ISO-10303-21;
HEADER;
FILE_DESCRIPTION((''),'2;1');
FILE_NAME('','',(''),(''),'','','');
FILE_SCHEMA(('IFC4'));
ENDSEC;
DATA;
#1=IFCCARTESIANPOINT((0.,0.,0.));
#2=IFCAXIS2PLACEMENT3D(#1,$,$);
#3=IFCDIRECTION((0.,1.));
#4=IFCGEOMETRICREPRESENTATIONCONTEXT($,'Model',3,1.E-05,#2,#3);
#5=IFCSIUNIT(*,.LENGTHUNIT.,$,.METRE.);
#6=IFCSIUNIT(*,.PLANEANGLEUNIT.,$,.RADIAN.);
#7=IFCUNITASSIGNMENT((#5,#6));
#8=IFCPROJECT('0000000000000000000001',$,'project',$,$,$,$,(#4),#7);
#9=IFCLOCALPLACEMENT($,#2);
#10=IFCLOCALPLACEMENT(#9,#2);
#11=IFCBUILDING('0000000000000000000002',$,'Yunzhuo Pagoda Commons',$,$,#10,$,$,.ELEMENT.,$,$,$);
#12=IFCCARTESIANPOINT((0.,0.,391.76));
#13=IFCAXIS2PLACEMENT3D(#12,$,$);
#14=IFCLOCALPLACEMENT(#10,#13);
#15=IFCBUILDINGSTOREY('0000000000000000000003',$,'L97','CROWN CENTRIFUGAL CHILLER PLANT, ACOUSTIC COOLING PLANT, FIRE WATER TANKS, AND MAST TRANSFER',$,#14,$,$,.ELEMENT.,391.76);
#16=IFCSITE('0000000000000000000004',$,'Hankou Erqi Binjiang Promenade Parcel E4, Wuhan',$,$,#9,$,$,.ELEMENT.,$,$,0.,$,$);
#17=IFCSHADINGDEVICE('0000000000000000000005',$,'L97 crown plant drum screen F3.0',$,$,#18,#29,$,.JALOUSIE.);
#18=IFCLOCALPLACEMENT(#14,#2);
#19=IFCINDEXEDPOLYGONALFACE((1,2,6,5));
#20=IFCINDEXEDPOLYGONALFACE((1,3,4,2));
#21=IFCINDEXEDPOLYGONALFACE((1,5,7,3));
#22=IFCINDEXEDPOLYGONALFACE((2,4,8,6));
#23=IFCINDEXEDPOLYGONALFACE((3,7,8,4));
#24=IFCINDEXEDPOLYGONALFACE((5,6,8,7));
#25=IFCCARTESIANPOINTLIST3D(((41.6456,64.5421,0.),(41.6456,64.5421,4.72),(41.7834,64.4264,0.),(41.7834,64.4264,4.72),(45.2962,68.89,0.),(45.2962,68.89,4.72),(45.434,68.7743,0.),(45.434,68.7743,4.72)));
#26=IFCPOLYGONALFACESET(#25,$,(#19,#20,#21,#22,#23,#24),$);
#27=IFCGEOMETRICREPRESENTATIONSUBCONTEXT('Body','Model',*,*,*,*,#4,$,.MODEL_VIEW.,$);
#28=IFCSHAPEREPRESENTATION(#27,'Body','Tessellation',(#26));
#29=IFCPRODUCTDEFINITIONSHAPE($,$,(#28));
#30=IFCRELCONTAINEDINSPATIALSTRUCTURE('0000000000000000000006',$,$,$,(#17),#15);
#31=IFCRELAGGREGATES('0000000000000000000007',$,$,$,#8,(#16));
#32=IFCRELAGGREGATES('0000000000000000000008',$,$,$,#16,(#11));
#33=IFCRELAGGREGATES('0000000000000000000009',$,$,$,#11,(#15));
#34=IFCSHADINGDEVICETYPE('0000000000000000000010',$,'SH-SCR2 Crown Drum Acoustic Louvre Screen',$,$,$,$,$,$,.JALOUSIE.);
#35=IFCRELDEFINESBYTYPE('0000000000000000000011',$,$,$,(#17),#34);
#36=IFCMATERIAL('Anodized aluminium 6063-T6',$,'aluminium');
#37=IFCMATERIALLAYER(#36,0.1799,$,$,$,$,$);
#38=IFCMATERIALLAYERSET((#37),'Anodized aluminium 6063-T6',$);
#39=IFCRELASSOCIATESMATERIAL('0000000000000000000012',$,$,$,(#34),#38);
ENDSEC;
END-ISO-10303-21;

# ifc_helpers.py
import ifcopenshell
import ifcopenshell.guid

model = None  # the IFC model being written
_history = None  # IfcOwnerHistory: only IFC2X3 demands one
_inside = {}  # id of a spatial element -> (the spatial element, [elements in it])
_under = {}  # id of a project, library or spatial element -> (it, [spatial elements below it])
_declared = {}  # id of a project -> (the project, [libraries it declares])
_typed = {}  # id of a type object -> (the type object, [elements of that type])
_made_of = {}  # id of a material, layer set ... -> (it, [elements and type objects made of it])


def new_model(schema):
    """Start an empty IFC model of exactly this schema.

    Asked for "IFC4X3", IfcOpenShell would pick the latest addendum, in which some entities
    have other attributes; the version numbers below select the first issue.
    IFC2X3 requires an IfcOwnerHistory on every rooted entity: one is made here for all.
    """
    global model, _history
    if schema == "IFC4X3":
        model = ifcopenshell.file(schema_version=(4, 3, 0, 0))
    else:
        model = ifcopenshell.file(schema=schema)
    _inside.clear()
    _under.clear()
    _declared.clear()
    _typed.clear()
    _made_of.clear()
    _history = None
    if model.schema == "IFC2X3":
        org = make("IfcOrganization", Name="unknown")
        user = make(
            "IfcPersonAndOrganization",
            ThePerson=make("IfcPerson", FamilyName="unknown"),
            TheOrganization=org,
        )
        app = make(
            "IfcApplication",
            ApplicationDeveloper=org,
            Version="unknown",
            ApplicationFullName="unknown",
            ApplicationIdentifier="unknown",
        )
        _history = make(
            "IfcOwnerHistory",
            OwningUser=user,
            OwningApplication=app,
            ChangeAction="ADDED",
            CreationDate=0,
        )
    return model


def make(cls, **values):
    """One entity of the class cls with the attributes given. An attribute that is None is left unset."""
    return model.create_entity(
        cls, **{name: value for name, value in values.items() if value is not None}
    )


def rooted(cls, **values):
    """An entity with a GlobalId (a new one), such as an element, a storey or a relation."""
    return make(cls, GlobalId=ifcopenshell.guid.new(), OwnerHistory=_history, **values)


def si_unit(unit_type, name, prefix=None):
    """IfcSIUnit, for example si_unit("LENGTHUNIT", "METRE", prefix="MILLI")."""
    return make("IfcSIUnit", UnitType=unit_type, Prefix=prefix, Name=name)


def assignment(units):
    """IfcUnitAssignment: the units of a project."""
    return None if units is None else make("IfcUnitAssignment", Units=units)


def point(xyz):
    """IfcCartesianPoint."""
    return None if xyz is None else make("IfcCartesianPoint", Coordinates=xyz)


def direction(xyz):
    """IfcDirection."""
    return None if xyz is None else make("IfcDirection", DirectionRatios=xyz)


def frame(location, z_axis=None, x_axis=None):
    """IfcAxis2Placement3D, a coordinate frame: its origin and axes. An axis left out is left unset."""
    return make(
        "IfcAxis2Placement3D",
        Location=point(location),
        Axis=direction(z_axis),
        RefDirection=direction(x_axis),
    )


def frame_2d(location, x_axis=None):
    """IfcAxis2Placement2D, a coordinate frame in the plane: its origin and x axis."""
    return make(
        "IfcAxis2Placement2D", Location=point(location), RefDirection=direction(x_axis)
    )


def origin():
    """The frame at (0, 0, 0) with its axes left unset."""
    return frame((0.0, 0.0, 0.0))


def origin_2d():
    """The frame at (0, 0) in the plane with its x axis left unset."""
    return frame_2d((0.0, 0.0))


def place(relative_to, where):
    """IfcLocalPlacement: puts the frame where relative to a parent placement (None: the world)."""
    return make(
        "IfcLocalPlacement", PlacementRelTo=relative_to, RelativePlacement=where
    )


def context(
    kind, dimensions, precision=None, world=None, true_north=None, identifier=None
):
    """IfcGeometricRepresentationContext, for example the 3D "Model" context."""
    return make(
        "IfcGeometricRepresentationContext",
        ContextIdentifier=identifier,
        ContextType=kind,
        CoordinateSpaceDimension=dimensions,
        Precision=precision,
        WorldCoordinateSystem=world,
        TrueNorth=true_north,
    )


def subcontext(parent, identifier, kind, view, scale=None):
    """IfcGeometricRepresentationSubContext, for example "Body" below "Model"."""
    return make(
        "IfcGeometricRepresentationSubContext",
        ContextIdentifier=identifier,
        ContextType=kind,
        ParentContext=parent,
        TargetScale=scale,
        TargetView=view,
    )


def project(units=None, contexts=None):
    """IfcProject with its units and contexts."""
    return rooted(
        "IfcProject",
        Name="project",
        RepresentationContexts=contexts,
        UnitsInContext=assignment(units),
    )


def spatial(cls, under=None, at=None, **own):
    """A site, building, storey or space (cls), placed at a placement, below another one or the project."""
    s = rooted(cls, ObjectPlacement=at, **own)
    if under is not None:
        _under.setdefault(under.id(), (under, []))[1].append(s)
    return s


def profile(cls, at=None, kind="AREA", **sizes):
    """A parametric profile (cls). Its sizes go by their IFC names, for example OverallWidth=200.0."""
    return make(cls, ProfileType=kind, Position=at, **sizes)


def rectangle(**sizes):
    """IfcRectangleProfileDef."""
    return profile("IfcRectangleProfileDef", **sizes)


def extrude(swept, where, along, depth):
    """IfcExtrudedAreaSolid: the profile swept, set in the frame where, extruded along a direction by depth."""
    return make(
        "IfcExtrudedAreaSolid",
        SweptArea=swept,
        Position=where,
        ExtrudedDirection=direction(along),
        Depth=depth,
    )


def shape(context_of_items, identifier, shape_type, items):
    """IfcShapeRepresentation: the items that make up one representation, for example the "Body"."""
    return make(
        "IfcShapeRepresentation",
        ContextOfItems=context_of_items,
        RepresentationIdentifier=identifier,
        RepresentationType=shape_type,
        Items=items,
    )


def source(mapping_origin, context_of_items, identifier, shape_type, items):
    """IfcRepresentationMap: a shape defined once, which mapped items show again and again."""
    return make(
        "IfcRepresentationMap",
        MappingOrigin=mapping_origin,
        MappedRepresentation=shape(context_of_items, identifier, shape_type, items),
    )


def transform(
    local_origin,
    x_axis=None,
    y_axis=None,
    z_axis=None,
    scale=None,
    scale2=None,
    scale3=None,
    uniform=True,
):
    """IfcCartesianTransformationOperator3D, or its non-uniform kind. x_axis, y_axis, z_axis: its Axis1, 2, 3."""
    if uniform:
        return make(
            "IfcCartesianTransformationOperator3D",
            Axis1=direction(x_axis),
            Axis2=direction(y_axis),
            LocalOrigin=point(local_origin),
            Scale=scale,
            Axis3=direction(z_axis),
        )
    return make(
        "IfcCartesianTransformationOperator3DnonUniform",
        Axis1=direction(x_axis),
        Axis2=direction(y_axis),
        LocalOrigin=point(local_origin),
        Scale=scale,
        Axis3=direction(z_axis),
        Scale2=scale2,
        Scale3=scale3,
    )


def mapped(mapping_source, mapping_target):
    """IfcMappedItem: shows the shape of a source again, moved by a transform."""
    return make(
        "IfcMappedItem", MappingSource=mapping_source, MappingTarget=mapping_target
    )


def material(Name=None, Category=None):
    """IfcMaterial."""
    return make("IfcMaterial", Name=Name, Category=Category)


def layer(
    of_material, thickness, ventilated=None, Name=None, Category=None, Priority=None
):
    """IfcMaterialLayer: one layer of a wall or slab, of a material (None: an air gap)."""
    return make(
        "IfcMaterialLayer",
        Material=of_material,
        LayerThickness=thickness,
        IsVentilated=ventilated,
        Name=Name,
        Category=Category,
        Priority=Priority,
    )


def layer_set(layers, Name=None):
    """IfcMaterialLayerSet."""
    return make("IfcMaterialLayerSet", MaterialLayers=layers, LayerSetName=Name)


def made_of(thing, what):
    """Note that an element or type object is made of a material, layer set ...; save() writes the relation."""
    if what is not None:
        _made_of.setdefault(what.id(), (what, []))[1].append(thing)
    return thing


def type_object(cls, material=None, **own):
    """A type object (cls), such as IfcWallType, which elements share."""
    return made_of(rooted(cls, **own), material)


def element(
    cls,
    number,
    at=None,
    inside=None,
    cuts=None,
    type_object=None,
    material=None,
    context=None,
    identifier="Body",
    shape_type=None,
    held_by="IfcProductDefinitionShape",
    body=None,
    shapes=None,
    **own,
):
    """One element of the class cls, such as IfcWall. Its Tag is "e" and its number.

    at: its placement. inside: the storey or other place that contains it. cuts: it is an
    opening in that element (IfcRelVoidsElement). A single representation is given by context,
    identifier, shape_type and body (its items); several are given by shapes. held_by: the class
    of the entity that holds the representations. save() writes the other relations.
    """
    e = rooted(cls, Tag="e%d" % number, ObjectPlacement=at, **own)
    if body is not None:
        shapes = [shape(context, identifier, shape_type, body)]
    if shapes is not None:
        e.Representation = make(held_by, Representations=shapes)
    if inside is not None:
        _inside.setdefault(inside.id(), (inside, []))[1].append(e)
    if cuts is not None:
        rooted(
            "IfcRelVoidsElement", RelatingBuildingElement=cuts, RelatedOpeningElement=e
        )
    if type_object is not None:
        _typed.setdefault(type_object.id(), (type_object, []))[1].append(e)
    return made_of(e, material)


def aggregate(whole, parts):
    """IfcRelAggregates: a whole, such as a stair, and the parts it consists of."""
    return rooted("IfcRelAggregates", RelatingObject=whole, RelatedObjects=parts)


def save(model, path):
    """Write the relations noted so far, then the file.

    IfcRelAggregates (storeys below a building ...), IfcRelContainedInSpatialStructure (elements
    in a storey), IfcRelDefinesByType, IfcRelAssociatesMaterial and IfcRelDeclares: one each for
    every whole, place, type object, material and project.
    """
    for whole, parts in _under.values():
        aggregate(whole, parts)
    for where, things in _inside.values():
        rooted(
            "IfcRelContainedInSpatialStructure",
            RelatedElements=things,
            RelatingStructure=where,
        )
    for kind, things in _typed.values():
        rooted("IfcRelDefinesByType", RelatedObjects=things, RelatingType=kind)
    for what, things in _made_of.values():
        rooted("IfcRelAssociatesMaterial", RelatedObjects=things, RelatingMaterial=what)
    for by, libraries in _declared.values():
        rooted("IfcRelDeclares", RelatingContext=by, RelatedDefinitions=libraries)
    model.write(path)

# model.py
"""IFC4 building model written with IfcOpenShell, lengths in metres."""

from ifc_helpers import new_model, si_unit, direction, frame, origin, origin_2d, place, context, subcontext, project, spatial, rectangle, extrude, source, transform, mapped, material, layer, layer_set, type_object, element, save


model = new_model("IFC4")

# Units and contexts
model_context = context("Model", 3, precision=1e-05, world=origin(), true_north=direction((0.0, 1.0)))
body_context = subcontext(model_context, "Body", "Model", "MODEL_VIEW")
ifc_project = project(units=[si_unit("LENGTHUNIT", "METRE"), si_unit("PLANEANGLEUNIT", "RADIAN")], contexts=[model_context])

# Site, building, storey
site_placement = place(None, origin())
site = spatial("IfcSite", under=ifc_project, at=site_placement, Name="Hankou Erqi Binjiang Promenade Parcel E4, Wuhan", CompositionType="ELEMENT", RefElevation=0.0)
building_placement = place(site_placement, origin())
building = spatial("IfcBuilding", under=site, at=building_placement, Name="Yunzhuo Pagoda Commons", CompositionType="ELEMENT")
storey_placement = place(building_placement, frame((0.0, 0.0, 391.76)))
storey = spatial("IfcBuildingStorey", under=building, at=storey_placement, Name="L97", Description="CROWN CENTRIFUGAL CHILLER PLANT, ACOUSTIC COOLING PLANT, FIRE WATER TANKS, AND MAST TRANSFER", CompositionType="ELEMENT", Elevation=391.76)

# Shared definitions
ifc_material_1 = material(Name="Anodized aluminium 6063-T6", Category="aluminium")

# Shading device
ifc_layer_1 = layer(ifc_material_1, 0.1799)
ifc_layer_set_1 = layer_set([ifc_layer_1], Name="Anodized aluminium 6063-T6")
shading_device_type = type_object("IfcShadingDeviceType", Name="SH-SCR2 Crown Drum Acoustic Louvre Screen", PredefinedType="JALOUSIE", material=ifc_layer_set_1)
shared_shape_1 = source(origin(), body_context, "Body", "SweptSolid", [
    extrude(rectangle(XDim=5.6772, YDim=0.1799, at=origin_2d()), origin(), (0.0, 0.0, 1.0), 4.72),
])
shading_device_placement = place(storey_placement, frame((43.5398, 66.6582, 0.0), z_axis=(0.0, 0.0, 1.0), x_axis=(-0.643015, -0.765854, 0.0)))
element("IfcShadingDevice", 1, at=shading_device_placement, inside=storey, type_object=shading_device_type, Name="L97 crown plant drum screen F3.0", PredefinedType="JALOUSIE", context=body_context, shape_type="MappedRepresentation", body=[
    mapped(shared_shape_1, transform((0.0, 0.0, 0.0), scale=1.0)),
])

save(model, "model.ifc")
